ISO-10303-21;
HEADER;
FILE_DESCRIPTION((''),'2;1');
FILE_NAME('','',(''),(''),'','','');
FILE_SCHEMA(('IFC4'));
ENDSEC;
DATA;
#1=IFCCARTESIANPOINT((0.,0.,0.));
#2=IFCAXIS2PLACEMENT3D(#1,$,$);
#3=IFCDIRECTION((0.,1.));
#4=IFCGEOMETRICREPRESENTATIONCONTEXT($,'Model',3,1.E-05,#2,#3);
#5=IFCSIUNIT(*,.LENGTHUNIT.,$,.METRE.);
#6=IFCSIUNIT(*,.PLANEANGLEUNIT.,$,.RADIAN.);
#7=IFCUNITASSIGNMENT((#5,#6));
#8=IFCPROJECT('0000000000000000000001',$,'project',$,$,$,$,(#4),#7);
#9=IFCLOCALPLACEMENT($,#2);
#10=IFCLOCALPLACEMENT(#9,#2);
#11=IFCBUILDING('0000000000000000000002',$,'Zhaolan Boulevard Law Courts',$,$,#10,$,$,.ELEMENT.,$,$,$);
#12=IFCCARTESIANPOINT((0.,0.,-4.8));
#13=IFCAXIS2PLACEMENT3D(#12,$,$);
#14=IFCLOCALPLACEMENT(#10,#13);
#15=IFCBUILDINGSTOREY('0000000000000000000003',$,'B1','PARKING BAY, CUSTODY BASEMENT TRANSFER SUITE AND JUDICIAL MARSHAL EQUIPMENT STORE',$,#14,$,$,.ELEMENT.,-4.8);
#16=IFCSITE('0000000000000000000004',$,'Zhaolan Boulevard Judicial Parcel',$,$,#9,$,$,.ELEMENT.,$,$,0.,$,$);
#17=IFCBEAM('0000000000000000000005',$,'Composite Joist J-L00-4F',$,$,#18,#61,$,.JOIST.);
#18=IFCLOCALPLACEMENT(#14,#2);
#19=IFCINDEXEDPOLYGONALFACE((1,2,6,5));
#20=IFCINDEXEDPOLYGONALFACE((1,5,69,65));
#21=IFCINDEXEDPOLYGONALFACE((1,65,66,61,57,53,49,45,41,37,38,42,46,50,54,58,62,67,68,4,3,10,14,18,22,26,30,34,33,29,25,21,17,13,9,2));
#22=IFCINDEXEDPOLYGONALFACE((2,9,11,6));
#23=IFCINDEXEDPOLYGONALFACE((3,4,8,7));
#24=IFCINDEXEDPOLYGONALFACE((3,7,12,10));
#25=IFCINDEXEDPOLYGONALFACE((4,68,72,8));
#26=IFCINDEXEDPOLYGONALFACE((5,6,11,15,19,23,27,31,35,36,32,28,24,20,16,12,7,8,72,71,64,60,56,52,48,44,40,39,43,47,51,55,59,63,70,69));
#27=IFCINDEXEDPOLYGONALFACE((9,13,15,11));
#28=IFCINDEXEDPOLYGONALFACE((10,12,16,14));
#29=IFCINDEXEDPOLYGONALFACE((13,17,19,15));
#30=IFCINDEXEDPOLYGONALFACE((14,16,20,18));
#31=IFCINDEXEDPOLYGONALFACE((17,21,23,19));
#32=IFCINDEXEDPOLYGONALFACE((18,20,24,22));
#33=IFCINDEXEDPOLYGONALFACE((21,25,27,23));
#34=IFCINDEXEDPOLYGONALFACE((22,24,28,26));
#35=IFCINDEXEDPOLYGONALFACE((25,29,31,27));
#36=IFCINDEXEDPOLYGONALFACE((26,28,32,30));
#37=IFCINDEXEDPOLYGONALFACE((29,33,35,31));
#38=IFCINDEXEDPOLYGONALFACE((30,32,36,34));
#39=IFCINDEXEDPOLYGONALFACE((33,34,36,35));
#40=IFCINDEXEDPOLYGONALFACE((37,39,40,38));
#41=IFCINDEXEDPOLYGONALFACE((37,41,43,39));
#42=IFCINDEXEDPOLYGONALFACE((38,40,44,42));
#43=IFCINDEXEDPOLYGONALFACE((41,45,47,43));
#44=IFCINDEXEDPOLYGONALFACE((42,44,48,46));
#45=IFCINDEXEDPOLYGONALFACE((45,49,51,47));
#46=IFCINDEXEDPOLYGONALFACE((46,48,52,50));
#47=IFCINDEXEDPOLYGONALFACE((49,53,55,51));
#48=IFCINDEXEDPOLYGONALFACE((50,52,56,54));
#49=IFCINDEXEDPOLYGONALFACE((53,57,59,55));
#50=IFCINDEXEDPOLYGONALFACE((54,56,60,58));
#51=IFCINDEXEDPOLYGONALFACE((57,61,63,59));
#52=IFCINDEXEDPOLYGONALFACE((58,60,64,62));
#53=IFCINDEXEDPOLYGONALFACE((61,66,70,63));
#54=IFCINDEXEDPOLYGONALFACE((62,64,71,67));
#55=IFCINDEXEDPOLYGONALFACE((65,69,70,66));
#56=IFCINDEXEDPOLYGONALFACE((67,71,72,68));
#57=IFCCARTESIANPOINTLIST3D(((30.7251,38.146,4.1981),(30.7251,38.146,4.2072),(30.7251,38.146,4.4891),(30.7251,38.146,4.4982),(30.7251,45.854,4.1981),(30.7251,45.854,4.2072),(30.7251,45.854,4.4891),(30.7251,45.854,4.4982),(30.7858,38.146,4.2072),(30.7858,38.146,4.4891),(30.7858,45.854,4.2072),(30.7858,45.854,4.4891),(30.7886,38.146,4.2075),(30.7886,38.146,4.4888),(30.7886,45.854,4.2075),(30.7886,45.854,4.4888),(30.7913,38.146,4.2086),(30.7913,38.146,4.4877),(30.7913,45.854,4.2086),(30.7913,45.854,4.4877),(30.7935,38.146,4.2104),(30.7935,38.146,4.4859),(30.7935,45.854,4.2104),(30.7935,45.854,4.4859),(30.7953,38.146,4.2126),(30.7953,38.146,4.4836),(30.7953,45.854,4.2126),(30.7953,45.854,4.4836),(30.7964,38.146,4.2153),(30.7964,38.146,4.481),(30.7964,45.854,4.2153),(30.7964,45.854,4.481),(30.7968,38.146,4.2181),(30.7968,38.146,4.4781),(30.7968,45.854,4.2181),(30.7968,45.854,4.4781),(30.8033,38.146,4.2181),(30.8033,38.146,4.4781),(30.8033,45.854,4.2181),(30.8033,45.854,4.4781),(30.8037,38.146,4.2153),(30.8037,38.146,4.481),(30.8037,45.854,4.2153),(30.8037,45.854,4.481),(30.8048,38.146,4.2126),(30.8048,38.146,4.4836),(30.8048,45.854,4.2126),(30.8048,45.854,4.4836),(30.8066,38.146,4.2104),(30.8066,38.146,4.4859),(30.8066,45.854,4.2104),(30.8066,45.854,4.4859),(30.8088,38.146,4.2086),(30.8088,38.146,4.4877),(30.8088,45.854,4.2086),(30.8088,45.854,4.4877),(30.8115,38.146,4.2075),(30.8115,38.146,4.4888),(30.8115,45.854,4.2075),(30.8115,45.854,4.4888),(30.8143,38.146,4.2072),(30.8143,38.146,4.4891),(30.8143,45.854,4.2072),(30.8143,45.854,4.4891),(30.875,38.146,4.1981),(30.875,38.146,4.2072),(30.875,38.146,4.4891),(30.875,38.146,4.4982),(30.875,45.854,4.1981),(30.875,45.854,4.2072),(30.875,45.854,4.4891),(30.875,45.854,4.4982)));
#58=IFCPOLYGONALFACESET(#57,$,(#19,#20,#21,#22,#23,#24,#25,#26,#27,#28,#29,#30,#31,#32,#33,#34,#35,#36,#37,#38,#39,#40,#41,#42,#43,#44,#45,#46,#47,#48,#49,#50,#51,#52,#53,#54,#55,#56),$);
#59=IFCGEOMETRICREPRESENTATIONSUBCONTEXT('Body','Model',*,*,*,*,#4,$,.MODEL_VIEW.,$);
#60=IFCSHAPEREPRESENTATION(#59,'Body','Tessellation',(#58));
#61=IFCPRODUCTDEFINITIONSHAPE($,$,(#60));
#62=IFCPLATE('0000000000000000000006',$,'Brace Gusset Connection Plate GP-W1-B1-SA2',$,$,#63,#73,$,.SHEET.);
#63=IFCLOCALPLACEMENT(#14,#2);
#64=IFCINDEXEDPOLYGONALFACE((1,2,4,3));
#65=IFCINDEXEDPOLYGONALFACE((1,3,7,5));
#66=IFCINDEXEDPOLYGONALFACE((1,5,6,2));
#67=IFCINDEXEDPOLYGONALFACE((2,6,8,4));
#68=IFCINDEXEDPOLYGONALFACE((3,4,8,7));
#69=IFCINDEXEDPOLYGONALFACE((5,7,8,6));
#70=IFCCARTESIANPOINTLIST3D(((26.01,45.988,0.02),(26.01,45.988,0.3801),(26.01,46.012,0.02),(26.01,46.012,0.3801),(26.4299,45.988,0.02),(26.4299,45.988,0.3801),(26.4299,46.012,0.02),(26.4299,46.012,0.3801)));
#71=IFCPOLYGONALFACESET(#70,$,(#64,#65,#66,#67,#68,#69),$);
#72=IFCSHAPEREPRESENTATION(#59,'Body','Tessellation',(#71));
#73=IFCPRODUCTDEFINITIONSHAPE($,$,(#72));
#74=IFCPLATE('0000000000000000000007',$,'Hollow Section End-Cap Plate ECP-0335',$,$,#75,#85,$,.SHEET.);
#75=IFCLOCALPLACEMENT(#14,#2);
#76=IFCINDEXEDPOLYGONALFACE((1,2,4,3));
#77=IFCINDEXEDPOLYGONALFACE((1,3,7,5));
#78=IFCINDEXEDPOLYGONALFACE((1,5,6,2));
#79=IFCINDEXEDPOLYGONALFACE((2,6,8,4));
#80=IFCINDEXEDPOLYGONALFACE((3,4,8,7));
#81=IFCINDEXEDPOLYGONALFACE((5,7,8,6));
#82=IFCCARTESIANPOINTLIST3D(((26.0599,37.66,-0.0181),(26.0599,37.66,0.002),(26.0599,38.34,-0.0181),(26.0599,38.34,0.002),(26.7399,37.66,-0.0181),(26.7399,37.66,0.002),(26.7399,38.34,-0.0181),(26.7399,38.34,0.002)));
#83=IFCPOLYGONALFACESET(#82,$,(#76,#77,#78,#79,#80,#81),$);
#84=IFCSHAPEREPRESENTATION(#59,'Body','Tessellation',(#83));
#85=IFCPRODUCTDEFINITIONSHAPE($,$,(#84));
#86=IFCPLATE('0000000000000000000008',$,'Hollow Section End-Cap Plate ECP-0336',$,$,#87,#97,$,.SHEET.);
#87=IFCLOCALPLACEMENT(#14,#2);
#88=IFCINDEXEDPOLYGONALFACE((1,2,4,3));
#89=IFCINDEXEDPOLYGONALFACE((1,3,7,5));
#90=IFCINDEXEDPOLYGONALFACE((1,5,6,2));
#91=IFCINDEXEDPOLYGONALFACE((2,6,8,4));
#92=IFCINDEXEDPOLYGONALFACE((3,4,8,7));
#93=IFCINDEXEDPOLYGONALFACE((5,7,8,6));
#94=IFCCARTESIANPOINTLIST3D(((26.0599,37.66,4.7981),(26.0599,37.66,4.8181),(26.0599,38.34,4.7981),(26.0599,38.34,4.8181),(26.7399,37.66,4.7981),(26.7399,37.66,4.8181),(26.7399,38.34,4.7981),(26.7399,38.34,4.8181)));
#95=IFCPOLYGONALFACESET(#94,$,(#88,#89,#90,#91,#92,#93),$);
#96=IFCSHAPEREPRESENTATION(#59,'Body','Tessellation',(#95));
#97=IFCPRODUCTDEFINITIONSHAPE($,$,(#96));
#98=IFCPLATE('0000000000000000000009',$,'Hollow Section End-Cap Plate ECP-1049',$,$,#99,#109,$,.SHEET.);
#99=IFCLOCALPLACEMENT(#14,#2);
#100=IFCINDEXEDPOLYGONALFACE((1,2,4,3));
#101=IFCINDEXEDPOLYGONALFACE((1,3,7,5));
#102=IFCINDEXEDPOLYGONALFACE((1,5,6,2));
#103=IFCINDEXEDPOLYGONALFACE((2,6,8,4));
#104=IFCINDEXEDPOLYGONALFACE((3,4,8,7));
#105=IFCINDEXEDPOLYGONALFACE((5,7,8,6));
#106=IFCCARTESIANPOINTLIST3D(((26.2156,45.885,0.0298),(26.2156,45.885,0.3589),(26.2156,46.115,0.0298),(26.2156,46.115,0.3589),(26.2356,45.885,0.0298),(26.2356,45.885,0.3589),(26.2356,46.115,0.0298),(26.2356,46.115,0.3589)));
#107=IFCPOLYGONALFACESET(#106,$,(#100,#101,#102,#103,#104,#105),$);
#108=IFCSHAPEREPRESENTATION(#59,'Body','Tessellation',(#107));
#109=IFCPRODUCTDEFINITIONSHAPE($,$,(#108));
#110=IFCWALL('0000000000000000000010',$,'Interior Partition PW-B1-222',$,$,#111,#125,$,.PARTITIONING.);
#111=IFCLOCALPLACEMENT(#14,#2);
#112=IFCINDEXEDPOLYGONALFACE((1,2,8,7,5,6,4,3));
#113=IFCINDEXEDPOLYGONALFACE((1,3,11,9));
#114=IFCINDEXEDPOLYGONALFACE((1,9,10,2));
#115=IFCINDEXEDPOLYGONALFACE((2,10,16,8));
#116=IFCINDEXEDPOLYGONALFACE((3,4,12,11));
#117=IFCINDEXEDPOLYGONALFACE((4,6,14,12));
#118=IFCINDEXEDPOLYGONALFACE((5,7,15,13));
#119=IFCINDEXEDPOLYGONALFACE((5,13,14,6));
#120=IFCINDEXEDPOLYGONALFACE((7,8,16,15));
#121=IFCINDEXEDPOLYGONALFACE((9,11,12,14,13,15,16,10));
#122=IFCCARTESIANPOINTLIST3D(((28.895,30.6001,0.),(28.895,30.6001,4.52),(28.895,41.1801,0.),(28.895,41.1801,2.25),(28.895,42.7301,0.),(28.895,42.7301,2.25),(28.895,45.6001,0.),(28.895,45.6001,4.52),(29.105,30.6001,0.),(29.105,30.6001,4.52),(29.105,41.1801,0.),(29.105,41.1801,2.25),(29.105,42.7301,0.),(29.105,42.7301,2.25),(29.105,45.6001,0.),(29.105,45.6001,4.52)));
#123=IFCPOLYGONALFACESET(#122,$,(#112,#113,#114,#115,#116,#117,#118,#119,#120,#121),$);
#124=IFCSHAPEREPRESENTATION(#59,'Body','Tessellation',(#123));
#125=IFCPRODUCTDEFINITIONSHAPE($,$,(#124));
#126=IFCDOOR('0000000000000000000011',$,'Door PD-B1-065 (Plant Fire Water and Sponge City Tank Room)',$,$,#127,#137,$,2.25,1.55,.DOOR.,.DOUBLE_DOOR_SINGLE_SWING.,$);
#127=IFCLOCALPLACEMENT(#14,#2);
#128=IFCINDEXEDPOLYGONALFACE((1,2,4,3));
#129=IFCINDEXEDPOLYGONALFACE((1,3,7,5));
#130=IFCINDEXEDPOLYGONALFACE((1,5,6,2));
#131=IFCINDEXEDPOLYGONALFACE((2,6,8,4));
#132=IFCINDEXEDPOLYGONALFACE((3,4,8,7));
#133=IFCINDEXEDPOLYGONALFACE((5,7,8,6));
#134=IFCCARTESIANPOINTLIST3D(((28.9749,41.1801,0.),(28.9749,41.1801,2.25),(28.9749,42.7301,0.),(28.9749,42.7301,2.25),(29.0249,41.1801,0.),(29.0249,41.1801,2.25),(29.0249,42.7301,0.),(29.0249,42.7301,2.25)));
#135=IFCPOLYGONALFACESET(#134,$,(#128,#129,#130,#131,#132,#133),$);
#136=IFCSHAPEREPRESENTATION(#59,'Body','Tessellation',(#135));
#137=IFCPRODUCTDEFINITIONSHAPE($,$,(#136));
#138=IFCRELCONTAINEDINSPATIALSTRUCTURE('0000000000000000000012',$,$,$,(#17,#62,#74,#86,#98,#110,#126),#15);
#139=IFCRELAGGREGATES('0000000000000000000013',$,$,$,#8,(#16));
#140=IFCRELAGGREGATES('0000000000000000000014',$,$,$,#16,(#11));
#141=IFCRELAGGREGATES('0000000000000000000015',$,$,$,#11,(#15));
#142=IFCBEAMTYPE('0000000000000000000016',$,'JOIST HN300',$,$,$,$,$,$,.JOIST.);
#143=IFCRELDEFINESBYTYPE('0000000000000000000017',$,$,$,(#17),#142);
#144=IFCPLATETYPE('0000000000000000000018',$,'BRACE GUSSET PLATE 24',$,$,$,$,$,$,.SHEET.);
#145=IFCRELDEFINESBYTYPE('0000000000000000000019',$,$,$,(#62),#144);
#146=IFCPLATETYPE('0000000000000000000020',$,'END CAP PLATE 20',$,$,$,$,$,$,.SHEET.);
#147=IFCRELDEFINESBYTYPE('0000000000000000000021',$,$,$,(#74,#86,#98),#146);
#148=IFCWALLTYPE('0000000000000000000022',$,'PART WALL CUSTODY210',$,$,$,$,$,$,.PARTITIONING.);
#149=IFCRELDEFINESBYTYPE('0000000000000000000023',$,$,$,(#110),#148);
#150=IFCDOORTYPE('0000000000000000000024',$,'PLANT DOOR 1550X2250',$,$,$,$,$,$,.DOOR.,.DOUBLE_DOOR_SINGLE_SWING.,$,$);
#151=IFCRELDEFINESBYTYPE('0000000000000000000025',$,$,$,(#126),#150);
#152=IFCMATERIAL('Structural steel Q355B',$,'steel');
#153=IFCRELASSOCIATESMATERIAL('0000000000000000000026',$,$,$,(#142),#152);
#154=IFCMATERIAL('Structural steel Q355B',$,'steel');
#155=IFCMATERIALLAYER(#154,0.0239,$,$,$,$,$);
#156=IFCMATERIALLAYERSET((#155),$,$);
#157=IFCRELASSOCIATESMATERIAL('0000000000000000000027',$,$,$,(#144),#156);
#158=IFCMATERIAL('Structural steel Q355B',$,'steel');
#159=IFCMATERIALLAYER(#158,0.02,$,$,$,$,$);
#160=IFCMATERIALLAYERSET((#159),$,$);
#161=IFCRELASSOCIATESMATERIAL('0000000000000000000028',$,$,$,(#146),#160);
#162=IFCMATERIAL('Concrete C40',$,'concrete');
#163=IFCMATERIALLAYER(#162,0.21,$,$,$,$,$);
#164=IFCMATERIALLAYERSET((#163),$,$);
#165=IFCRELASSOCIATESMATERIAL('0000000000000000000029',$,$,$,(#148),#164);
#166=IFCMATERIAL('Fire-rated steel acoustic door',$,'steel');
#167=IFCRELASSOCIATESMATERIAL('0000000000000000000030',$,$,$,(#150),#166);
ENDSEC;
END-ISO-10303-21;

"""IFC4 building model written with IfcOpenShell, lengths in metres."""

from ifc_helpers import new_model, si_unit, direction, frame, frame_2d, origin, origin_2d, place, context, subcontext, project, spatial, rectangle, i_section, extrude, material, layer, layer_set, material_profile, profile_set, type_object, element, fill, save


model = new_model("IFC4")

# Units and contexts
model_context = context("Model", 3, precision=1e-05, world=origin(), true_north=direction((0.0, 1.0)))
body_context = subcontext(model_context, "Body", "Model", "MODEL_VIEW")
ifc_project = project(units=[si_unit("LENGTHUNIT", "METRE"), si_unit("PLANEANGLEUNIT", "RADIAN")], contexts=[model_context])

# Site, building, storey
site_placement = place(None, origin())
site = spatial("IfcSite", under=ifc_project, at=site_placement, Name="Zhaolan Boulevard Judicial Parcel", CompositionType="ELEMENT", RefElevation=0.0)
building_placement = place(site_placement, origin())
building = spatial("IfcBuilding", under=site, at=building_placement, Name="Zhaolan Boulevard Law Courts", CompositionType="ELEMENT")
storey_placement = place(building_placement, frame((0.0, 0.0, -4.8)))
storey = spatial("IfcBuildingStorey", under=building, at=storey_placement, Name="B1", Description="PARKING BAY, CUSTODY BASEMENT TRANSFER SUITE AND JUDICIAL MARSHAL EQUIPMENT STORE", CompositionType="ELEMENT", Elevation=-4.8)

# Beam
ifc_material_1 = material(Name="Structural steel Q355B", Category="steel")
ifc_material_profile_1 = material_profile(ifc_material_1, i_section(OverallWidth=0.1499, OverallDepth=0.3, WebThickness=0.0066, FlangeThickness=0.009, FilletRadius=0.011, at=origin_2d()), Name="HN300x150")
ifc_profile_set_1 = profile_set([ifc_material_profile_1], Name="Structural steel Q355B")
beam_type_1 = type_object("IfcBeamType", Name="JOIST HN300", PredefinedType="JOIST", material=ifc_profile_set_1)
beam_1_placement = place(storey_placement, frame((30.8, 38.146, 4.3481), z_axis=(0.0, 1.0, 0.0), x_axis=(-1.0, 0.0, 0.0)))
element("IfcBeam", 1, at=beam_1_placement, inside=storey, type_object=beam_type_1, Name="Composite Joist J-L00-4F", PredefinedType="JOIST", context=body_context, shape_type="SweptSolid", body=[
    extrude(i_section(OverallWidth=0.1499, OverallDepth=0.3, WebThickness=0.0066, FlangeThickness=0.009, FilletRadius=0.011, at=origin_2d()), origin(), (0.0, 0.0, 1.0), 7.708),
])

# Plates
ifc_material_2 = material(Name="Structural steel Q355B", Category="steel")
ifc_layer_1 = layer(ifc_material_2, 0.0239)
ifc_layer_set_1 = layer_set([ifc_layer_1])
plate_type_1 = type_object("IfcPlateType", Name="BRACE GUSSET PLATE 24", PredefinedType="SHEET", material=ifc_layer_set_1)
plate_1_placement = place(storey_placement, frame((26.22, 46.0, 0.02), z_axis=(0.0, 0.0, 1.0), x_axis=(1.0, 0.0, 0.0)))
element("IfcPlate", 2, at=plate_1_placement, inside=storey, type_object=plate_type_1, Name="Brace Gusset Connection Plate GP-W1-B1-SA2", PredefinedType="SHEET", context=body_context, shape_type="SweptSolid", body=[
    extrude(rectangle(XDim=0.4199, YDim=0.0239, at=origin_2d()), origin(), (0.0, 0.0, 1.0), 0.3601),
])
ifc_material_3 = material(Name="Structural steel Q355B", Category="steel")
ifc_layer_2 = layer(ifc_material_3, 0.02)
ifc_layer_set_2 = layer_set([ifc_layer_2])
plate_type_2 = type_object("IfcPlateType", Name="END CAP PLATE 20", PredefinedType="SHEET", material=ifc_layer_set_2)
for number, where, z_axis, x_axis, name in (
    (3, (26.3999, 38.0, -0.0181), (0.0, 0.0, 1.0), (1.0, 0.0, 0.0), "Hollow Section End-Cap Plate ECP-0335"),
    (4, (26.3999, 38.0, 4.7981), (0.0, 0.0, 1.0), (1.0, 0.0, 0.0), "Hollow Section End-Cap Plate ECP-0336"),
):
    element("IfcPlate", number, at=place(storey_placement, frame(where, z_axis=z_axis, x_axis=x_axis)), inside=storey, type_object=plate_type_2, Name=name, PredefinedType="SHEET", context=body_context, shape_type="SweptSolid", body=[
        extrude(rectangle(XDim=0.6799, YDim=0.6799, at=origin_2d()), origin(), (0.0, 0.0, 1.0), 0.02),
    ])
plate_2_placement = place(storey_placement, frame((26.2256, 46.0, 0.0298), z_axis=(0.0, 0.0, 1.0), x_axis=(-1.0, 0.0, 0.0)))
element("IfcPlate", 5, at=plate_2_placement, inside=storey, type_object=plate_type_2, Name="Hollow Section End-Cap Plate ECP-1049", PredefinedType="SHEET", context=body_context, shape_type="SweptSolid", body=[
    extrude(rectangle(XDim=0.02, YDim=0.23, at=origin_2d()), origin(), (0.0, 0.0, 1.0), 0.3291),
])

# Wall, opening, door
ifc_material_4 = material(Name="Concrete C40", Category="concrete")
ifc_layer_3 = layer(ifc_material_4, 0.21)
ifc_layer_set_3 = layer_set([ifc_layer_3])
wall_type = type_object("IfcWallType", Name="PART WALL CUSTODY210", PredefinedType="PARTITIONING", material=ifc_layer_set_3)
wall_placement = place(storey_placement, frame((29.0, 45.6001, 0.0), z_axis=(0.0, 0.0, 1.0), x_axis=(0.0, -1.0, 0.0)))
wall = element("IfcWall", 6, at=wall_placement, inside=storey, type_object=wall_type, Name="Interior Partition PW-B1-222", PredefinedType="PARTITIONING", context=body_context, shape_type="SweptSolid", body=[
    extrude(rectangle(XDim=15.0, YDim=0.21, at=frame_2d((7.5, 0.0))), origin(), (0.0, 0.0, 1.0), 4.52),
])
opening_placement = place(wall_placement, frame((2.8701, 0.0, 0.0)))
opening = element("IfcOpeningElement", 7, at=opening_placement, cuts=wall, PredefinedType="OPENING", context=body_context, shape_type="SweptSolid", body=[
    extrude(rectangle(XDim=1.55, YDim=2.25, at=frame_2d((0.7749, 1.125))), frame((0.0, 0.115, 0.0), z_axis=(0.0, -1.0, 0.0), x_axis=(1.0, 0.0, 0.0)), (0.0, 0.0, 1.0), 0.23),
])
ifc_material_5 = material(Name="Fire-rated steel acoustic door", Category="steel")
door_type = type_object("IfcDoorType", Name="PLANT DOOR 1550X2250", OperationType="DOUBLE_DOOR_SINGLE_SWING", PredefinedType="DOOR", material=ifc_material_5)
door_placement = place(opening_placement, origin())
door = element("IfcDoor", 8, at=door_placement, inside=storey, type_object=door_type, Name="Door PD-B1-065 (Plant Fire Water and Sponge City Tank Room)", OperationType="DOUBLE_DOOR_SINGLE_SWING", OverallHeight=2.25, OverallWidth=1.55, PredefinedType="DOOR", context=body_context, shape_type="SweptSolid", body=[
    extrude(rectangle(XDim=1.55, YDim=2.25, at=frame_2d((0.7749, 1.125))), frame((0.0, 0.0249, 0.0), z_axis=(0.0, -1.0, 0.0), x_axis=(1.0, 0.0, 0.0)), (0.0, 0.0, 1.0), 0.05),
])
fill(opening, door)

save(model, "model.ifc")
